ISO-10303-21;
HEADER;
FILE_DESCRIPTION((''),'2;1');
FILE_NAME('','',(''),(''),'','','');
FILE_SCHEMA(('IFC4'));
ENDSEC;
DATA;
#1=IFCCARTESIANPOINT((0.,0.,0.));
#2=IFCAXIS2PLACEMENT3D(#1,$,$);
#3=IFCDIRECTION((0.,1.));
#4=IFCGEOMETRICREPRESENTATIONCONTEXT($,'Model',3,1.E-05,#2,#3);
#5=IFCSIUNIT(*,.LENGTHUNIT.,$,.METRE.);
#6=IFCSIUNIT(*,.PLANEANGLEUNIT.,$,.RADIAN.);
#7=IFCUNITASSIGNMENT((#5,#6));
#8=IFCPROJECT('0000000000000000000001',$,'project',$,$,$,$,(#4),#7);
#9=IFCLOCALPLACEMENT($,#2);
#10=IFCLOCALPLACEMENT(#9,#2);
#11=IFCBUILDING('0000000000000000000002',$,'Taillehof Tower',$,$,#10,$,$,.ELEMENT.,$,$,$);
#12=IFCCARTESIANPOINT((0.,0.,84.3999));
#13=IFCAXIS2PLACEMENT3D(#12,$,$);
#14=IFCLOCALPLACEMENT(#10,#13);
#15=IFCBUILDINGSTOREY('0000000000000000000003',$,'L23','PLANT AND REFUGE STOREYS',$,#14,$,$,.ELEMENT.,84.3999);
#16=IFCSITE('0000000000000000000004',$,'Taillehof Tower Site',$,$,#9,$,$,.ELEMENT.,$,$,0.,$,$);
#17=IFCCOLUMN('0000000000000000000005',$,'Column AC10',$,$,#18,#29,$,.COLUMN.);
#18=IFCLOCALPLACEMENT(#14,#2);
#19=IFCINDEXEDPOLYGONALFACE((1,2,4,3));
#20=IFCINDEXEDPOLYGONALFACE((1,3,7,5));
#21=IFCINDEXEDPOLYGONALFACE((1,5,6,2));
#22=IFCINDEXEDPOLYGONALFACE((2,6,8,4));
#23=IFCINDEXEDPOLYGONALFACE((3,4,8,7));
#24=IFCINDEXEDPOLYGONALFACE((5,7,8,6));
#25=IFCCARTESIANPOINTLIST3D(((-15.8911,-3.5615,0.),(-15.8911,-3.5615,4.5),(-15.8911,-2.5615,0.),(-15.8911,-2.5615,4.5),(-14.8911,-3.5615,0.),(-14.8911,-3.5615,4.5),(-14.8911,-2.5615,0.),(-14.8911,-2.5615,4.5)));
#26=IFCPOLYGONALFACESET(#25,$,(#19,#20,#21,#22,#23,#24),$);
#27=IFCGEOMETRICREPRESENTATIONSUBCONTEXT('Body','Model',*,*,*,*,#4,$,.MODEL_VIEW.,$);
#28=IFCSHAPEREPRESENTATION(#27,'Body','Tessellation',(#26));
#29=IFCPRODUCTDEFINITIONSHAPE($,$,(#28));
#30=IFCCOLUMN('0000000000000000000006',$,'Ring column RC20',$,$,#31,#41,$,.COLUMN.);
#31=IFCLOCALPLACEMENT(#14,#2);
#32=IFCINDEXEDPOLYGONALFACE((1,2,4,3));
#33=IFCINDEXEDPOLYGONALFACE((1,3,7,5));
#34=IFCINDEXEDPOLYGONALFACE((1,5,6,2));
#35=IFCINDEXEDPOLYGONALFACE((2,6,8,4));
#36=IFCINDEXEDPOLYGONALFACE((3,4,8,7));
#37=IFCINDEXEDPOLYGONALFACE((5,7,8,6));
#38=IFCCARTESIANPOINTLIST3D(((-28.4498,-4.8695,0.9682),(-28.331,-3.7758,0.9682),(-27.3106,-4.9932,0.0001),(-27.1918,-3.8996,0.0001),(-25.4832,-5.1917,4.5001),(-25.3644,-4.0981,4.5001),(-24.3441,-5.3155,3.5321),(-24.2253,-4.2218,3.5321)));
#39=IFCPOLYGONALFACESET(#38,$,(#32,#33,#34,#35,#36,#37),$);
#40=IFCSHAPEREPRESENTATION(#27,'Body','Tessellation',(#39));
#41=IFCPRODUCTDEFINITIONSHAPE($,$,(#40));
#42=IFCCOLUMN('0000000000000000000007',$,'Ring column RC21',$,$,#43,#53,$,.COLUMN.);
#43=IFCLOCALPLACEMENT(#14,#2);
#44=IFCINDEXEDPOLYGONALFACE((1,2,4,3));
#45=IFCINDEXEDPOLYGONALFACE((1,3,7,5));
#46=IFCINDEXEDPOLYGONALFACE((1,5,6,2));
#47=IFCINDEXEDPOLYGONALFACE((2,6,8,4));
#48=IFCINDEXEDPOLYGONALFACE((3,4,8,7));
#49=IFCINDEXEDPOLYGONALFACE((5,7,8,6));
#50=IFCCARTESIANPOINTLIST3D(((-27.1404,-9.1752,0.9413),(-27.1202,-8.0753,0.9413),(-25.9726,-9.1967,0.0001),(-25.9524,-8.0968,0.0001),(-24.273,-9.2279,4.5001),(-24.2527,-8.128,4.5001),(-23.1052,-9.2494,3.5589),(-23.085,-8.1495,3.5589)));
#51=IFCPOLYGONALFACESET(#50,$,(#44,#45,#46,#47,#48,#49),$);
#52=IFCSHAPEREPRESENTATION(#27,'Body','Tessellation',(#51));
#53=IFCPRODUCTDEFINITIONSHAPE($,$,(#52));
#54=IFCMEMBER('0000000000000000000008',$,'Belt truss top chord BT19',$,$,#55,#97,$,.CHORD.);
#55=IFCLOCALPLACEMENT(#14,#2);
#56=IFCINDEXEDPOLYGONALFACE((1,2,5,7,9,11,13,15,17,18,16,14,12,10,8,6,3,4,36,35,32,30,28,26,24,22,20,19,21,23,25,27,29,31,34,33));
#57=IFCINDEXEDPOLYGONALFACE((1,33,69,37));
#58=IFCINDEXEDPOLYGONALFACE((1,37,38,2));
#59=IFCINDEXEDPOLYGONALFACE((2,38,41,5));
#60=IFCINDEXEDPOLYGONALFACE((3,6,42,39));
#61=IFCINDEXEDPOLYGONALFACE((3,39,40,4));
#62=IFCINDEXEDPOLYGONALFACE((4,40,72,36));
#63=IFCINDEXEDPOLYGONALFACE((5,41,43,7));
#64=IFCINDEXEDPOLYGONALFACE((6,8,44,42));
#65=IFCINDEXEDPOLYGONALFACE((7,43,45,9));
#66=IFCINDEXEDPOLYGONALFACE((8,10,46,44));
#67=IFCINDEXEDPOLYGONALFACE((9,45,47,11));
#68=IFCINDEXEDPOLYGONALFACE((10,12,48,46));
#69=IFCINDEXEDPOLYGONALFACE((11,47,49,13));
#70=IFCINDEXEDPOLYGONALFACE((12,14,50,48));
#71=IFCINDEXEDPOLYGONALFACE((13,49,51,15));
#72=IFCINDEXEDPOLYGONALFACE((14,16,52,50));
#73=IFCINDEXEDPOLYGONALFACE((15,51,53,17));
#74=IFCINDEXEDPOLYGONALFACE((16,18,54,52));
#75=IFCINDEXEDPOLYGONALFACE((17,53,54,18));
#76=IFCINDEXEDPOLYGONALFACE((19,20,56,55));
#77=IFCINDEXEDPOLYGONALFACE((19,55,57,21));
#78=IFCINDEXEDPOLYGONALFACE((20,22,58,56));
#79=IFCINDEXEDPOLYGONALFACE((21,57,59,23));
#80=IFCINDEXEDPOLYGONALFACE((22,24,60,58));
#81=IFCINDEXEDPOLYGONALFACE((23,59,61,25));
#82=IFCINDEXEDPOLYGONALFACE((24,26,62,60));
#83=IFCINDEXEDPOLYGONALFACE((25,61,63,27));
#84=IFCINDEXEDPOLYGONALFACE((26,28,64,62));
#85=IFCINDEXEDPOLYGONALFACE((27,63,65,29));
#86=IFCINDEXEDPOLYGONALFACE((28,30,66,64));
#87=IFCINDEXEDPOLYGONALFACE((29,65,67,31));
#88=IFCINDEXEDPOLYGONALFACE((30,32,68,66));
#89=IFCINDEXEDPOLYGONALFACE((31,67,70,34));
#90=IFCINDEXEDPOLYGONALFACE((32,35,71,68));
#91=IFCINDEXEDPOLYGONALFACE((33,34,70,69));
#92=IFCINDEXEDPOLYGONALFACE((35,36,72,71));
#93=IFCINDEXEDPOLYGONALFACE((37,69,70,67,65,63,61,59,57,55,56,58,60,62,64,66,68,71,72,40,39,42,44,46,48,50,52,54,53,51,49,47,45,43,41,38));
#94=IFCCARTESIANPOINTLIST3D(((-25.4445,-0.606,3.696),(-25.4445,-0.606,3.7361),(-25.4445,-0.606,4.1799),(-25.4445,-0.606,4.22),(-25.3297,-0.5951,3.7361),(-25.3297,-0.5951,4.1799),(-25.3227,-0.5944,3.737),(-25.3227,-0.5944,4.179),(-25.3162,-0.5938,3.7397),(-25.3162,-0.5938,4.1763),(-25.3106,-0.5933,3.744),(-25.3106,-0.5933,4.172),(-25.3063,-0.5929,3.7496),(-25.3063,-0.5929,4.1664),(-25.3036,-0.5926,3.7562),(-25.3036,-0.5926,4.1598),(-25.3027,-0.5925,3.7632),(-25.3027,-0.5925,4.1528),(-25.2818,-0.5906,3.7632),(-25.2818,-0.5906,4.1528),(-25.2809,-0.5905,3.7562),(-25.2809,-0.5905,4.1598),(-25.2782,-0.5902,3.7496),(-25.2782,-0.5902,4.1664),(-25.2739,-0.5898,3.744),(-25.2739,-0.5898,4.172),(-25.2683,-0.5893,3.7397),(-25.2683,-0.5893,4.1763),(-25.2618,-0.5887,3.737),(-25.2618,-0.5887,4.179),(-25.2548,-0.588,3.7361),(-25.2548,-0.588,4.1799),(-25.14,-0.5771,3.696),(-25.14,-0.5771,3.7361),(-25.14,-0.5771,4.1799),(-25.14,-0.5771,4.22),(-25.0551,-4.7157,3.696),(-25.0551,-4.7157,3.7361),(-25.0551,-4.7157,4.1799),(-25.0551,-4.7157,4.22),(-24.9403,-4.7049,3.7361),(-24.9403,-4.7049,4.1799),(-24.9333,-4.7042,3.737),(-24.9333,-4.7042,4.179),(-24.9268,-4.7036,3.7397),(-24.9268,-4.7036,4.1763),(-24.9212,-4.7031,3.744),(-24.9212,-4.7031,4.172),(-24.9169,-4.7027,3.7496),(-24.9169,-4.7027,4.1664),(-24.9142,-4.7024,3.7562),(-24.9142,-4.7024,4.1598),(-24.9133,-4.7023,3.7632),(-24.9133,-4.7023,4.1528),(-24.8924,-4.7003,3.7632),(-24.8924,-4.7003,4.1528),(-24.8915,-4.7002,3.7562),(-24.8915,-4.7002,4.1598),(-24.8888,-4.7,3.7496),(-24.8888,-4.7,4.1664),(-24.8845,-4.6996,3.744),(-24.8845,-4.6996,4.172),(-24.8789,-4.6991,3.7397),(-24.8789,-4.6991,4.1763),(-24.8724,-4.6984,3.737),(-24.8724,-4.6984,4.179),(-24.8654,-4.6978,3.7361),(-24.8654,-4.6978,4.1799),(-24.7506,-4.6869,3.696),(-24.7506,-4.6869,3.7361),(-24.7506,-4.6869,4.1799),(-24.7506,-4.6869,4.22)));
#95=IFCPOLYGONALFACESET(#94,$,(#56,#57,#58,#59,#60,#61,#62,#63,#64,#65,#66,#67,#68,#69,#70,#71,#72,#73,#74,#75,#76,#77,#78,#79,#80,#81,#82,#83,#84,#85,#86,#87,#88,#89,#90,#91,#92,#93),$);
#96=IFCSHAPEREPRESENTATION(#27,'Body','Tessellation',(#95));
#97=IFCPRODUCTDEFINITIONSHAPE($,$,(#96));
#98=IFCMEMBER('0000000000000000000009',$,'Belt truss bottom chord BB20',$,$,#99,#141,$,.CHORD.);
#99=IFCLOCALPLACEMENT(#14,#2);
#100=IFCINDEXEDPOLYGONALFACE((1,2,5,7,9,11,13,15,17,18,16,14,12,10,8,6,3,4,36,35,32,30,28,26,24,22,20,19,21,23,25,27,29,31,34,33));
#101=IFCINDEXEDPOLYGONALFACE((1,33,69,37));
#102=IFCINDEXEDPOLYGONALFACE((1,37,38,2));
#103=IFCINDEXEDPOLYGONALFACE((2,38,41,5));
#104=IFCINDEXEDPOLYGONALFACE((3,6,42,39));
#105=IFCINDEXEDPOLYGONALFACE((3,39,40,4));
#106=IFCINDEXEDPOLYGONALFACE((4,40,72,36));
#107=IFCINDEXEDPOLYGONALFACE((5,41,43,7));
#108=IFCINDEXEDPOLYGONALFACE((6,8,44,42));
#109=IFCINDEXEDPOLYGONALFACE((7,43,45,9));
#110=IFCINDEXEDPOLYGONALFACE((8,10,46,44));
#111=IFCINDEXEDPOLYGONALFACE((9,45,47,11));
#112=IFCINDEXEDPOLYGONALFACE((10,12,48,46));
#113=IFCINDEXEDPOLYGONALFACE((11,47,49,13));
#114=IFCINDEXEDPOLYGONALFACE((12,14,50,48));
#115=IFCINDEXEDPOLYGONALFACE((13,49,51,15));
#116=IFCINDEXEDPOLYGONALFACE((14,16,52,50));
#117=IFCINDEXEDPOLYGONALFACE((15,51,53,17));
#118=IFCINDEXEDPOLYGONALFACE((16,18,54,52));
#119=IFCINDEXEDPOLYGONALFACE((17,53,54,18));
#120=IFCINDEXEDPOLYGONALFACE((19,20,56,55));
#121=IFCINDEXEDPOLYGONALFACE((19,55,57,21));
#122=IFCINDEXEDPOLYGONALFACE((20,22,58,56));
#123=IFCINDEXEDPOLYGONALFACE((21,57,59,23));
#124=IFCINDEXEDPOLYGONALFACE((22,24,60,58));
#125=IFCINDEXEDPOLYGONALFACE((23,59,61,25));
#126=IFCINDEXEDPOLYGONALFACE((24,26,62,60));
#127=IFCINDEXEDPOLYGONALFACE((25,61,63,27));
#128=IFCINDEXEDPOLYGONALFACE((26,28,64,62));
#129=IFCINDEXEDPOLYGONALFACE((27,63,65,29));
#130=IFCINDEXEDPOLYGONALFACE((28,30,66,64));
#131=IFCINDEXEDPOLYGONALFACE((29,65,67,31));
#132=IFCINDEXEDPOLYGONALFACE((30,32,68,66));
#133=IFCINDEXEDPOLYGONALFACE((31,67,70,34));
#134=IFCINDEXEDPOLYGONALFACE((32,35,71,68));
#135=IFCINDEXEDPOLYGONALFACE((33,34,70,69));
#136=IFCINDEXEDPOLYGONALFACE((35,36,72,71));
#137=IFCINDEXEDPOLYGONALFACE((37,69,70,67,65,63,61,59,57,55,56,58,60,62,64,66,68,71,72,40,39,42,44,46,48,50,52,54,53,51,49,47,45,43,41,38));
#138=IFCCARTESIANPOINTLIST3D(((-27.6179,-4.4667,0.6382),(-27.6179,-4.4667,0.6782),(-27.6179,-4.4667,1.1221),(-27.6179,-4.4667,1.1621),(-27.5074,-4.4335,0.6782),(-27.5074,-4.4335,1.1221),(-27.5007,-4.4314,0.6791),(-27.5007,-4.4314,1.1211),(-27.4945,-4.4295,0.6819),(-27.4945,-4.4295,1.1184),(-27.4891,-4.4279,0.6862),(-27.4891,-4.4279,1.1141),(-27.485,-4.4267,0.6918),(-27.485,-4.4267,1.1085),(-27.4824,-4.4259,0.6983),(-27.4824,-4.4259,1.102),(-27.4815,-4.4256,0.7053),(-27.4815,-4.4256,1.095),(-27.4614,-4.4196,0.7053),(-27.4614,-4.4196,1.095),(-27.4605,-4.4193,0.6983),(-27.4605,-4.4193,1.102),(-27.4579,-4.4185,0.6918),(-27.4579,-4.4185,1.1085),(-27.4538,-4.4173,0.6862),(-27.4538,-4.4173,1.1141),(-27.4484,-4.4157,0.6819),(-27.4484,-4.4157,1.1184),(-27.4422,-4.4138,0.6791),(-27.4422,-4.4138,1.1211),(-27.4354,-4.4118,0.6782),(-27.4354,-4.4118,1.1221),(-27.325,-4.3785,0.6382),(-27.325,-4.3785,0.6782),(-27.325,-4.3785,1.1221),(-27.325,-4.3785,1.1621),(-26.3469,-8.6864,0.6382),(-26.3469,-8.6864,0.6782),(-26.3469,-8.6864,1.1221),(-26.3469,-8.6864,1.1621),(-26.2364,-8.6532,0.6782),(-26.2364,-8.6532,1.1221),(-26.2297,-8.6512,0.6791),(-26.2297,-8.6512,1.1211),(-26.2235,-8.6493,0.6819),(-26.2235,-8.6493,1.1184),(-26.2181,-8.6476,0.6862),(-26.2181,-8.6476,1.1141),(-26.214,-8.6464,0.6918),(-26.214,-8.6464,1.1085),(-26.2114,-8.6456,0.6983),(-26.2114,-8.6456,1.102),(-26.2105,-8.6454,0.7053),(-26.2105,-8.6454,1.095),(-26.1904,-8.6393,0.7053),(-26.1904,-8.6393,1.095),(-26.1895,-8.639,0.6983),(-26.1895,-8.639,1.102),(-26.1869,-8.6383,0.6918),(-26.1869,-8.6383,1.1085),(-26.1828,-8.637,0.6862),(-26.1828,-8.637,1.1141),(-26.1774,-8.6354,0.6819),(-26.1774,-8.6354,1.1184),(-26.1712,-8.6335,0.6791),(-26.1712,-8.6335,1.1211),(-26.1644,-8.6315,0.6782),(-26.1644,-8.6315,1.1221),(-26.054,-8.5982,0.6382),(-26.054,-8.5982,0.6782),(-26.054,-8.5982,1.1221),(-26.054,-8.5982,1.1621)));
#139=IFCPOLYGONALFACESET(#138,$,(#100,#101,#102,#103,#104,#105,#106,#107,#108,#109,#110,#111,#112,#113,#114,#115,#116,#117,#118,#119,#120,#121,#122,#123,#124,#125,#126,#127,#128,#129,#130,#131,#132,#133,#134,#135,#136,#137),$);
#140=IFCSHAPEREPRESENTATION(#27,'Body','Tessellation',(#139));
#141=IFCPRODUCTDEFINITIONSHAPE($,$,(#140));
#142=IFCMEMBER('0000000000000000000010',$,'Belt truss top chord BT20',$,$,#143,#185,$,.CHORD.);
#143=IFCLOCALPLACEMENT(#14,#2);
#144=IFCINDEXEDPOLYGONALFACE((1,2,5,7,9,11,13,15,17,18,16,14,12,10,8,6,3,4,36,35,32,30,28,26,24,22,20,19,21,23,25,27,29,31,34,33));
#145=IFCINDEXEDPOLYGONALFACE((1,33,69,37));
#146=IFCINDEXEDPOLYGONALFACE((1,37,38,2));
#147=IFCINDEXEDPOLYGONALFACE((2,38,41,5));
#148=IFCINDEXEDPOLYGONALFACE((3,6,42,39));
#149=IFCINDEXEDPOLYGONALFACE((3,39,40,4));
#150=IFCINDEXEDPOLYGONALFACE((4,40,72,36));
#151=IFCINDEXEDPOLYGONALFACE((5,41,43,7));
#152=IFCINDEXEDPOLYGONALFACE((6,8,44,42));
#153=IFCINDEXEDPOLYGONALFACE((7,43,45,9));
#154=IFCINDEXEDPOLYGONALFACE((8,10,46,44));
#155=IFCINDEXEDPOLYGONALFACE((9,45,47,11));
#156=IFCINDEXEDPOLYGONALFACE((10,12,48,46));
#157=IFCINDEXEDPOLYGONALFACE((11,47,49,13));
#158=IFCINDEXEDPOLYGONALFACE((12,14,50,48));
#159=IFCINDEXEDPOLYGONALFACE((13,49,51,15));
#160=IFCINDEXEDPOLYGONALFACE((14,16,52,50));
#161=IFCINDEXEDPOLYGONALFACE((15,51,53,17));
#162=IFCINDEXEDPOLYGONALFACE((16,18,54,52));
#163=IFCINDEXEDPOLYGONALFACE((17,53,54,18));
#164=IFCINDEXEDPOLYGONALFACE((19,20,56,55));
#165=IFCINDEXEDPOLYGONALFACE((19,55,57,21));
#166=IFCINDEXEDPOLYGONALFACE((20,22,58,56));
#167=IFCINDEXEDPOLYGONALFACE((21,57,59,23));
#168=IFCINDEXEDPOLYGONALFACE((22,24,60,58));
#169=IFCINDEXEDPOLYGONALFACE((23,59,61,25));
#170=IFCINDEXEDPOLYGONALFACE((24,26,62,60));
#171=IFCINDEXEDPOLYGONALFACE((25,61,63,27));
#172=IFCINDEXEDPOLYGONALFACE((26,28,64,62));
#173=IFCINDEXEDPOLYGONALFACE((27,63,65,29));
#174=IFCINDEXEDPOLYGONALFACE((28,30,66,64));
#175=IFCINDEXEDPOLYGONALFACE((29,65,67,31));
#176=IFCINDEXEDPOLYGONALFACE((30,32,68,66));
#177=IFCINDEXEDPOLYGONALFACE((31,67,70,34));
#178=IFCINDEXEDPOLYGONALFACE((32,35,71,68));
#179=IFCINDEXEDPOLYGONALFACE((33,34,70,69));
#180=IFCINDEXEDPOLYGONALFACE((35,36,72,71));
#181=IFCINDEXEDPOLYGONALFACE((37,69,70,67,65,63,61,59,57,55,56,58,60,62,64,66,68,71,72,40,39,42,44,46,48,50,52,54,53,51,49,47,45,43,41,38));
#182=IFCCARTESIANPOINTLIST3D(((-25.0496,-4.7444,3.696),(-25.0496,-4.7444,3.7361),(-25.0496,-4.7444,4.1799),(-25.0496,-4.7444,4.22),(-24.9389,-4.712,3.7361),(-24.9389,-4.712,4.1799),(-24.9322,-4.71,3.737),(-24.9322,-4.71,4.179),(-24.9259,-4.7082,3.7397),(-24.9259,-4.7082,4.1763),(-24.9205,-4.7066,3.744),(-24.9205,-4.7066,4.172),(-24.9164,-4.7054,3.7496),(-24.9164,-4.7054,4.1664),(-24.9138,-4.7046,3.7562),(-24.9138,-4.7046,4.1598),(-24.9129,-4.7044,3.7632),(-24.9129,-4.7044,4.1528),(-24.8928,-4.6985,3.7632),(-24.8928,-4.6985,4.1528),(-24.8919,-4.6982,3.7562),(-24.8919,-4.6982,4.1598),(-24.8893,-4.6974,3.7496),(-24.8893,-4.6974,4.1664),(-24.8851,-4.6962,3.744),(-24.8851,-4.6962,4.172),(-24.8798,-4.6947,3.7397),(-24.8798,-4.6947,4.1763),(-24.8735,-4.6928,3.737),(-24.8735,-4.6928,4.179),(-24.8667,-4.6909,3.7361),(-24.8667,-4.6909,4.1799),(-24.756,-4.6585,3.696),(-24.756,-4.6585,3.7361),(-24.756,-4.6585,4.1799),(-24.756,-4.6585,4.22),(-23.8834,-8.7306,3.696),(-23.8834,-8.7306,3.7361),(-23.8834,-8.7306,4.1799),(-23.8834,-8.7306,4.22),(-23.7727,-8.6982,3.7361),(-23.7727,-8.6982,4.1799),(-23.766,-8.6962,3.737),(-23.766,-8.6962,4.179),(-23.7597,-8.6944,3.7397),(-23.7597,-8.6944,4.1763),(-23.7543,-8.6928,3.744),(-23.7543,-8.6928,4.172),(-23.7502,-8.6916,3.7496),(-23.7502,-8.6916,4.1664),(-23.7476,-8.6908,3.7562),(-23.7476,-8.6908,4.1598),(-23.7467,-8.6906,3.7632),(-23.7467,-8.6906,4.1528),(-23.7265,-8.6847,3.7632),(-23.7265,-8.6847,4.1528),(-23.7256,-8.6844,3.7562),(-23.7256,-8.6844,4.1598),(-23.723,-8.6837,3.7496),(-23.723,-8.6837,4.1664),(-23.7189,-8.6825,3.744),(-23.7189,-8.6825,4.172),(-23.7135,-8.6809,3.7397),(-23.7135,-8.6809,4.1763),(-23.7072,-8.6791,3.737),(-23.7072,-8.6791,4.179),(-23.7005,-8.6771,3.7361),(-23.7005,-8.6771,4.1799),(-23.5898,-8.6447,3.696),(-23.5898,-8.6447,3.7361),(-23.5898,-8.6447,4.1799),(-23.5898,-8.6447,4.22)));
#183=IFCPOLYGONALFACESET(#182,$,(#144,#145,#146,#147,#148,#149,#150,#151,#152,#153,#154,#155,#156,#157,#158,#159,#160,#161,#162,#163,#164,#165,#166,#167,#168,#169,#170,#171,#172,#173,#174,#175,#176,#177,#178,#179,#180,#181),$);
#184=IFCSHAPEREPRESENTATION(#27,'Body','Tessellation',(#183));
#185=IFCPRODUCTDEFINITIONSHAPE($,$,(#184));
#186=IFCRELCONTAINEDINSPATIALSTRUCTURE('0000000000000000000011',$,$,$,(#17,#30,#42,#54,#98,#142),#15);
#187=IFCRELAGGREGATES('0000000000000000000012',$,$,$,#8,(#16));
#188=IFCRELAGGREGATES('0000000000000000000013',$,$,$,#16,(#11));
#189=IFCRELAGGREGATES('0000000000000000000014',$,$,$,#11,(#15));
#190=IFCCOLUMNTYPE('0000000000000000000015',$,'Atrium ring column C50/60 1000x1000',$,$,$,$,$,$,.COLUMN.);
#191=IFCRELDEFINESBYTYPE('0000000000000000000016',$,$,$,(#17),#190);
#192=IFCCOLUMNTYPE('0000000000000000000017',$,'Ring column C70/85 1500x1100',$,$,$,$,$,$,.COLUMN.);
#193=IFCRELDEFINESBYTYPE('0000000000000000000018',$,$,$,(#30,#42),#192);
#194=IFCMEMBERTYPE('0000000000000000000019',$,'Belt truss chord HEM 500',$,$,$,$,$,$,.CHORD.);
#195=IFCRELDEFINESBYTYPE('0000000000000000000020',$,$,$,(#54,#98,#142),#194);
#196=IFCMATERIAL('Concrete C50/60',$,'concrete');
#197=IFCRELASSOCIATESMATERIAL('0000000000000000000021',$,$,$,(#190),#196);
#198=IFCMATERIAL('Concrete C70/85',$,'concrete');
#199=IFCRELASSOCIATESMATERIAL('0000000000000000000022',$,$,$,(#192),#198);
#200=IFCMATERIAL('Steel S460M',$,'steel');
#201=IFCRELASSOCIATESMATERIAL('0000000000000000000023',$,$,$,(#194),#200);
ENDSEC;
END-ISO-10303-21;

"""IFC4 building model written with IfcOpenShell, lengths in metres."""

from ifc_helpers import new_model, si_unit, direction, frame, origin, origin_2d, place, context, subcontext, project, spatial, rectangle, i_section, extrude, material, material_profile, profile_set, type_object, element, save


model = new_model("IFC4")

# Units and contexts
model_context = context("Model", 3, precision=1e-05, world=origin(), true_north=direction((0.0, 1.0)))
body_context = subcontext(model_context, "Body", "Model", "MODEL_VIEW")
ifc_project = project(units=[si_unit("LENGTHUNIT", "METRE"), si_unit("PLANEANGLEUNIT", "RADIAN")], contexts=[model_context])

# Site, building, storey
site_placement = place(None, origin())
site = spatial("IfcSite", under=ifc_project, at=site_placement, Name="Taillehof Tower Site", CompositionType="ELEMENT", RefElevation=0.0)
building_placement = place(site_placement, origin())
building = spatial("IfcBuilding", under=site, at=building_placement, Name="Taillehof Tower", CompositionType="ELEMENT")
storey_placement = place(building_placement, frame((0.0, 0.0, 84.3999)))
storey = spatial("IfcBuildingStorey", under=building, at=storey_placement, Name="L23", Description="PLANT AND REFUGE STOREYS", CompositionType="ELEMENT", Elevation=84.3999)

# Columns
ifc_material_1 = material(Name="Concrete C50/60", Category="concrete")
ifc_material_profile_1 = material_profile(ifc_material_1, rectangle(XDim=1.0, YDim=1.0, at=origin_2d()), Name="RC 1000x1000")
ifc_profile_set_1 = profile_set([ifc_material_profile_1], Name="Concrete C50/60")
column_type_1 = type_object("IfcColumnType", Name="Atrium ring column C50/60 1000x1000", PredefinedType="COLUMN", material=ifc_profile_set_1)
column_1_placement = place(storey_placement, frame((-15.3911, -3.0615, 0.0), z_axis=(0.0, 0.0, 1.0), x_axis=(1.0, 0.0, 0.0)))
element("IfcColumn", 1, at=column_1_placement, inside=storey, type_object=column_type_1, Name="Column AC10", PredefinedType="COLUMN", context=body_context, shape_type="SweptSolid", body=[
    extrude(rectangle(XDim=1.0, YDim=1.0, at=origin_2d()), origin(), (0.0, 0.0, 1.0), 4.5),
])
ifc_material_2 = material(Name="Concrete C70/85", Category="concrete")
ifc_material_profile_2 = material_profile(ifc_material_2, rectangle(XDim=1.5, YDim=1.1001, at=origin_2d()), Name="RC 1500x1100")
ifc_profile_set_2 = profile_set([ifc_material_profile_2], Name="Concrete C70/85")
column_type_2 = type_object("IfcColumnType", Name="Ring column C70/85 1500x1100", PredefinedType="COLUMN", material=ifc_profile_set_2)
column_2_placement = place(storey_placement, frame((-27.8208, -4.3845, 0.4841), z_axis=(0.641588, -0.069698, 0.763876), x_axis=(-0.759408, 0.082497, 0.645363)))
element("IfcColumn", 2, at=column_2_placement, inside=storey, type_object=column_type_2, Name="Ring column RC20", PredefinedType="COLUMN", context=body_context, shape_type="SweptSolid", body=[
    extrude(rectangle(XDim=1.5, YDim=1.1001, at=origin_2d()), origin(), (0.0, 0.0, 1.0), 4.6238),
])
column_3_placement = place(storey_placement, frame((-26.5464, -8.636, 0.4707), z_axis=(0.627366, -0.011538, 0.778639), x_axis=(-0.778507, 0.014317, 0.627472)))
element("IfcColumn", 3, at=column_3_placement, inside=storey, type_object=column_type_2, Name="Ring column RC21", PredefinedType="COLUMN", context=body_context, shape_type="SweptSolid", body=[
    extrude(rectangle(XDim=1.5, YDim=1.1001, at=origin_2d()), origin(), (0.0, 0.0, 1.0), 4.5706),
])

# Members
ifc_material_3 = material(Name="Steel S460M", Category="steel")
ifc_material_profile_3 = material_profile(ifc_material_3, i_section(OverallWidth=0.3059, OverallDepth=0.5239, WebThickness=0.021, FlangeThickness=0.04, FilletRadius=0.0271, at=origin_2d()), Name="HEM 500")
ifc_profile_set_3 = profile_set([ifc_material_profile_3], Name="Steel S460M")
member_type_1 = type_object("IfcMemberType", Name="Belt truss chord HEM 500", PredefinedType="CHORD", material=ifc_profile_set_3)
member_1_placement = place(storey_placement, frame((-25.2922, -0.5916, 3.958), z_axis=(0.094326, -0.995541, 0.0), x_axis=(0.995541, 0.094326, 0.0)))
element("IfcMember", 4, at=member_1_placement, inside=storey, type_object=member_type_1, Name="Belt truss top chord BT19", PredefinedType="CHORD", context=body_context, shape_type="SweptSolid", body=[
    extrude(i_section(OverallWidth=0.3059, OverallDepth=0.5239, WebThickness=0.021, FlangeThickness=0.04, FilletRadius=0.0271, at=origin_2d()), origin(), (0.0, 0.0, 1.0), 4.1282),
])
member_2_placement = place(storey_placement, frame((-27.4714, -4.4226, 0.9001), z_axis=(0.288405, -0.957509, 0.0), x_axis=(0.957509, 0.288405, 0.0)))
element("IfcMember", 5, at=member_2_placement, inside=storey, type_object=member_type_1, Name="Belt truss bottom chord BB20", PredefinedType="CHORD", context=body_context, shape_type="SweptSolid", body=[
    extrude(i_section(OverallWidth=0.3059, OverallDepth=0.5239, WebThickness=0.021, FlangeThickness=0.04, FilletRadius=0.0271, at=origin_2d()), origin(), (0.0, 0.0, 1.0), 4.407),
])
member_3_placement = place(storey_placement, frame((-24.9028, -4.7014, 3.958), z_axis=(0.280794, -0.959768, 0.0), x_axis=(0.959768, 0.280794, 0.0)))
element("IfcMember", 6, at=member_3_placement, inside=storey, type_object=member_type_1, Name="Belt truss top chord BT20", PredefinedType="CHORD", context=body_context, shape_type="SweptSolid", body=[
    extrude(i_section(OverallWidth=0.3059, OverallDepth=0.5239, WebThickness=0.021, FlangeThickness=0.04, FilletRadius=0.0271, at=origin_2d()), origin(), (0.0, 0.0, 1.0), 4.1533),
])

save(model, "model.ifc")
